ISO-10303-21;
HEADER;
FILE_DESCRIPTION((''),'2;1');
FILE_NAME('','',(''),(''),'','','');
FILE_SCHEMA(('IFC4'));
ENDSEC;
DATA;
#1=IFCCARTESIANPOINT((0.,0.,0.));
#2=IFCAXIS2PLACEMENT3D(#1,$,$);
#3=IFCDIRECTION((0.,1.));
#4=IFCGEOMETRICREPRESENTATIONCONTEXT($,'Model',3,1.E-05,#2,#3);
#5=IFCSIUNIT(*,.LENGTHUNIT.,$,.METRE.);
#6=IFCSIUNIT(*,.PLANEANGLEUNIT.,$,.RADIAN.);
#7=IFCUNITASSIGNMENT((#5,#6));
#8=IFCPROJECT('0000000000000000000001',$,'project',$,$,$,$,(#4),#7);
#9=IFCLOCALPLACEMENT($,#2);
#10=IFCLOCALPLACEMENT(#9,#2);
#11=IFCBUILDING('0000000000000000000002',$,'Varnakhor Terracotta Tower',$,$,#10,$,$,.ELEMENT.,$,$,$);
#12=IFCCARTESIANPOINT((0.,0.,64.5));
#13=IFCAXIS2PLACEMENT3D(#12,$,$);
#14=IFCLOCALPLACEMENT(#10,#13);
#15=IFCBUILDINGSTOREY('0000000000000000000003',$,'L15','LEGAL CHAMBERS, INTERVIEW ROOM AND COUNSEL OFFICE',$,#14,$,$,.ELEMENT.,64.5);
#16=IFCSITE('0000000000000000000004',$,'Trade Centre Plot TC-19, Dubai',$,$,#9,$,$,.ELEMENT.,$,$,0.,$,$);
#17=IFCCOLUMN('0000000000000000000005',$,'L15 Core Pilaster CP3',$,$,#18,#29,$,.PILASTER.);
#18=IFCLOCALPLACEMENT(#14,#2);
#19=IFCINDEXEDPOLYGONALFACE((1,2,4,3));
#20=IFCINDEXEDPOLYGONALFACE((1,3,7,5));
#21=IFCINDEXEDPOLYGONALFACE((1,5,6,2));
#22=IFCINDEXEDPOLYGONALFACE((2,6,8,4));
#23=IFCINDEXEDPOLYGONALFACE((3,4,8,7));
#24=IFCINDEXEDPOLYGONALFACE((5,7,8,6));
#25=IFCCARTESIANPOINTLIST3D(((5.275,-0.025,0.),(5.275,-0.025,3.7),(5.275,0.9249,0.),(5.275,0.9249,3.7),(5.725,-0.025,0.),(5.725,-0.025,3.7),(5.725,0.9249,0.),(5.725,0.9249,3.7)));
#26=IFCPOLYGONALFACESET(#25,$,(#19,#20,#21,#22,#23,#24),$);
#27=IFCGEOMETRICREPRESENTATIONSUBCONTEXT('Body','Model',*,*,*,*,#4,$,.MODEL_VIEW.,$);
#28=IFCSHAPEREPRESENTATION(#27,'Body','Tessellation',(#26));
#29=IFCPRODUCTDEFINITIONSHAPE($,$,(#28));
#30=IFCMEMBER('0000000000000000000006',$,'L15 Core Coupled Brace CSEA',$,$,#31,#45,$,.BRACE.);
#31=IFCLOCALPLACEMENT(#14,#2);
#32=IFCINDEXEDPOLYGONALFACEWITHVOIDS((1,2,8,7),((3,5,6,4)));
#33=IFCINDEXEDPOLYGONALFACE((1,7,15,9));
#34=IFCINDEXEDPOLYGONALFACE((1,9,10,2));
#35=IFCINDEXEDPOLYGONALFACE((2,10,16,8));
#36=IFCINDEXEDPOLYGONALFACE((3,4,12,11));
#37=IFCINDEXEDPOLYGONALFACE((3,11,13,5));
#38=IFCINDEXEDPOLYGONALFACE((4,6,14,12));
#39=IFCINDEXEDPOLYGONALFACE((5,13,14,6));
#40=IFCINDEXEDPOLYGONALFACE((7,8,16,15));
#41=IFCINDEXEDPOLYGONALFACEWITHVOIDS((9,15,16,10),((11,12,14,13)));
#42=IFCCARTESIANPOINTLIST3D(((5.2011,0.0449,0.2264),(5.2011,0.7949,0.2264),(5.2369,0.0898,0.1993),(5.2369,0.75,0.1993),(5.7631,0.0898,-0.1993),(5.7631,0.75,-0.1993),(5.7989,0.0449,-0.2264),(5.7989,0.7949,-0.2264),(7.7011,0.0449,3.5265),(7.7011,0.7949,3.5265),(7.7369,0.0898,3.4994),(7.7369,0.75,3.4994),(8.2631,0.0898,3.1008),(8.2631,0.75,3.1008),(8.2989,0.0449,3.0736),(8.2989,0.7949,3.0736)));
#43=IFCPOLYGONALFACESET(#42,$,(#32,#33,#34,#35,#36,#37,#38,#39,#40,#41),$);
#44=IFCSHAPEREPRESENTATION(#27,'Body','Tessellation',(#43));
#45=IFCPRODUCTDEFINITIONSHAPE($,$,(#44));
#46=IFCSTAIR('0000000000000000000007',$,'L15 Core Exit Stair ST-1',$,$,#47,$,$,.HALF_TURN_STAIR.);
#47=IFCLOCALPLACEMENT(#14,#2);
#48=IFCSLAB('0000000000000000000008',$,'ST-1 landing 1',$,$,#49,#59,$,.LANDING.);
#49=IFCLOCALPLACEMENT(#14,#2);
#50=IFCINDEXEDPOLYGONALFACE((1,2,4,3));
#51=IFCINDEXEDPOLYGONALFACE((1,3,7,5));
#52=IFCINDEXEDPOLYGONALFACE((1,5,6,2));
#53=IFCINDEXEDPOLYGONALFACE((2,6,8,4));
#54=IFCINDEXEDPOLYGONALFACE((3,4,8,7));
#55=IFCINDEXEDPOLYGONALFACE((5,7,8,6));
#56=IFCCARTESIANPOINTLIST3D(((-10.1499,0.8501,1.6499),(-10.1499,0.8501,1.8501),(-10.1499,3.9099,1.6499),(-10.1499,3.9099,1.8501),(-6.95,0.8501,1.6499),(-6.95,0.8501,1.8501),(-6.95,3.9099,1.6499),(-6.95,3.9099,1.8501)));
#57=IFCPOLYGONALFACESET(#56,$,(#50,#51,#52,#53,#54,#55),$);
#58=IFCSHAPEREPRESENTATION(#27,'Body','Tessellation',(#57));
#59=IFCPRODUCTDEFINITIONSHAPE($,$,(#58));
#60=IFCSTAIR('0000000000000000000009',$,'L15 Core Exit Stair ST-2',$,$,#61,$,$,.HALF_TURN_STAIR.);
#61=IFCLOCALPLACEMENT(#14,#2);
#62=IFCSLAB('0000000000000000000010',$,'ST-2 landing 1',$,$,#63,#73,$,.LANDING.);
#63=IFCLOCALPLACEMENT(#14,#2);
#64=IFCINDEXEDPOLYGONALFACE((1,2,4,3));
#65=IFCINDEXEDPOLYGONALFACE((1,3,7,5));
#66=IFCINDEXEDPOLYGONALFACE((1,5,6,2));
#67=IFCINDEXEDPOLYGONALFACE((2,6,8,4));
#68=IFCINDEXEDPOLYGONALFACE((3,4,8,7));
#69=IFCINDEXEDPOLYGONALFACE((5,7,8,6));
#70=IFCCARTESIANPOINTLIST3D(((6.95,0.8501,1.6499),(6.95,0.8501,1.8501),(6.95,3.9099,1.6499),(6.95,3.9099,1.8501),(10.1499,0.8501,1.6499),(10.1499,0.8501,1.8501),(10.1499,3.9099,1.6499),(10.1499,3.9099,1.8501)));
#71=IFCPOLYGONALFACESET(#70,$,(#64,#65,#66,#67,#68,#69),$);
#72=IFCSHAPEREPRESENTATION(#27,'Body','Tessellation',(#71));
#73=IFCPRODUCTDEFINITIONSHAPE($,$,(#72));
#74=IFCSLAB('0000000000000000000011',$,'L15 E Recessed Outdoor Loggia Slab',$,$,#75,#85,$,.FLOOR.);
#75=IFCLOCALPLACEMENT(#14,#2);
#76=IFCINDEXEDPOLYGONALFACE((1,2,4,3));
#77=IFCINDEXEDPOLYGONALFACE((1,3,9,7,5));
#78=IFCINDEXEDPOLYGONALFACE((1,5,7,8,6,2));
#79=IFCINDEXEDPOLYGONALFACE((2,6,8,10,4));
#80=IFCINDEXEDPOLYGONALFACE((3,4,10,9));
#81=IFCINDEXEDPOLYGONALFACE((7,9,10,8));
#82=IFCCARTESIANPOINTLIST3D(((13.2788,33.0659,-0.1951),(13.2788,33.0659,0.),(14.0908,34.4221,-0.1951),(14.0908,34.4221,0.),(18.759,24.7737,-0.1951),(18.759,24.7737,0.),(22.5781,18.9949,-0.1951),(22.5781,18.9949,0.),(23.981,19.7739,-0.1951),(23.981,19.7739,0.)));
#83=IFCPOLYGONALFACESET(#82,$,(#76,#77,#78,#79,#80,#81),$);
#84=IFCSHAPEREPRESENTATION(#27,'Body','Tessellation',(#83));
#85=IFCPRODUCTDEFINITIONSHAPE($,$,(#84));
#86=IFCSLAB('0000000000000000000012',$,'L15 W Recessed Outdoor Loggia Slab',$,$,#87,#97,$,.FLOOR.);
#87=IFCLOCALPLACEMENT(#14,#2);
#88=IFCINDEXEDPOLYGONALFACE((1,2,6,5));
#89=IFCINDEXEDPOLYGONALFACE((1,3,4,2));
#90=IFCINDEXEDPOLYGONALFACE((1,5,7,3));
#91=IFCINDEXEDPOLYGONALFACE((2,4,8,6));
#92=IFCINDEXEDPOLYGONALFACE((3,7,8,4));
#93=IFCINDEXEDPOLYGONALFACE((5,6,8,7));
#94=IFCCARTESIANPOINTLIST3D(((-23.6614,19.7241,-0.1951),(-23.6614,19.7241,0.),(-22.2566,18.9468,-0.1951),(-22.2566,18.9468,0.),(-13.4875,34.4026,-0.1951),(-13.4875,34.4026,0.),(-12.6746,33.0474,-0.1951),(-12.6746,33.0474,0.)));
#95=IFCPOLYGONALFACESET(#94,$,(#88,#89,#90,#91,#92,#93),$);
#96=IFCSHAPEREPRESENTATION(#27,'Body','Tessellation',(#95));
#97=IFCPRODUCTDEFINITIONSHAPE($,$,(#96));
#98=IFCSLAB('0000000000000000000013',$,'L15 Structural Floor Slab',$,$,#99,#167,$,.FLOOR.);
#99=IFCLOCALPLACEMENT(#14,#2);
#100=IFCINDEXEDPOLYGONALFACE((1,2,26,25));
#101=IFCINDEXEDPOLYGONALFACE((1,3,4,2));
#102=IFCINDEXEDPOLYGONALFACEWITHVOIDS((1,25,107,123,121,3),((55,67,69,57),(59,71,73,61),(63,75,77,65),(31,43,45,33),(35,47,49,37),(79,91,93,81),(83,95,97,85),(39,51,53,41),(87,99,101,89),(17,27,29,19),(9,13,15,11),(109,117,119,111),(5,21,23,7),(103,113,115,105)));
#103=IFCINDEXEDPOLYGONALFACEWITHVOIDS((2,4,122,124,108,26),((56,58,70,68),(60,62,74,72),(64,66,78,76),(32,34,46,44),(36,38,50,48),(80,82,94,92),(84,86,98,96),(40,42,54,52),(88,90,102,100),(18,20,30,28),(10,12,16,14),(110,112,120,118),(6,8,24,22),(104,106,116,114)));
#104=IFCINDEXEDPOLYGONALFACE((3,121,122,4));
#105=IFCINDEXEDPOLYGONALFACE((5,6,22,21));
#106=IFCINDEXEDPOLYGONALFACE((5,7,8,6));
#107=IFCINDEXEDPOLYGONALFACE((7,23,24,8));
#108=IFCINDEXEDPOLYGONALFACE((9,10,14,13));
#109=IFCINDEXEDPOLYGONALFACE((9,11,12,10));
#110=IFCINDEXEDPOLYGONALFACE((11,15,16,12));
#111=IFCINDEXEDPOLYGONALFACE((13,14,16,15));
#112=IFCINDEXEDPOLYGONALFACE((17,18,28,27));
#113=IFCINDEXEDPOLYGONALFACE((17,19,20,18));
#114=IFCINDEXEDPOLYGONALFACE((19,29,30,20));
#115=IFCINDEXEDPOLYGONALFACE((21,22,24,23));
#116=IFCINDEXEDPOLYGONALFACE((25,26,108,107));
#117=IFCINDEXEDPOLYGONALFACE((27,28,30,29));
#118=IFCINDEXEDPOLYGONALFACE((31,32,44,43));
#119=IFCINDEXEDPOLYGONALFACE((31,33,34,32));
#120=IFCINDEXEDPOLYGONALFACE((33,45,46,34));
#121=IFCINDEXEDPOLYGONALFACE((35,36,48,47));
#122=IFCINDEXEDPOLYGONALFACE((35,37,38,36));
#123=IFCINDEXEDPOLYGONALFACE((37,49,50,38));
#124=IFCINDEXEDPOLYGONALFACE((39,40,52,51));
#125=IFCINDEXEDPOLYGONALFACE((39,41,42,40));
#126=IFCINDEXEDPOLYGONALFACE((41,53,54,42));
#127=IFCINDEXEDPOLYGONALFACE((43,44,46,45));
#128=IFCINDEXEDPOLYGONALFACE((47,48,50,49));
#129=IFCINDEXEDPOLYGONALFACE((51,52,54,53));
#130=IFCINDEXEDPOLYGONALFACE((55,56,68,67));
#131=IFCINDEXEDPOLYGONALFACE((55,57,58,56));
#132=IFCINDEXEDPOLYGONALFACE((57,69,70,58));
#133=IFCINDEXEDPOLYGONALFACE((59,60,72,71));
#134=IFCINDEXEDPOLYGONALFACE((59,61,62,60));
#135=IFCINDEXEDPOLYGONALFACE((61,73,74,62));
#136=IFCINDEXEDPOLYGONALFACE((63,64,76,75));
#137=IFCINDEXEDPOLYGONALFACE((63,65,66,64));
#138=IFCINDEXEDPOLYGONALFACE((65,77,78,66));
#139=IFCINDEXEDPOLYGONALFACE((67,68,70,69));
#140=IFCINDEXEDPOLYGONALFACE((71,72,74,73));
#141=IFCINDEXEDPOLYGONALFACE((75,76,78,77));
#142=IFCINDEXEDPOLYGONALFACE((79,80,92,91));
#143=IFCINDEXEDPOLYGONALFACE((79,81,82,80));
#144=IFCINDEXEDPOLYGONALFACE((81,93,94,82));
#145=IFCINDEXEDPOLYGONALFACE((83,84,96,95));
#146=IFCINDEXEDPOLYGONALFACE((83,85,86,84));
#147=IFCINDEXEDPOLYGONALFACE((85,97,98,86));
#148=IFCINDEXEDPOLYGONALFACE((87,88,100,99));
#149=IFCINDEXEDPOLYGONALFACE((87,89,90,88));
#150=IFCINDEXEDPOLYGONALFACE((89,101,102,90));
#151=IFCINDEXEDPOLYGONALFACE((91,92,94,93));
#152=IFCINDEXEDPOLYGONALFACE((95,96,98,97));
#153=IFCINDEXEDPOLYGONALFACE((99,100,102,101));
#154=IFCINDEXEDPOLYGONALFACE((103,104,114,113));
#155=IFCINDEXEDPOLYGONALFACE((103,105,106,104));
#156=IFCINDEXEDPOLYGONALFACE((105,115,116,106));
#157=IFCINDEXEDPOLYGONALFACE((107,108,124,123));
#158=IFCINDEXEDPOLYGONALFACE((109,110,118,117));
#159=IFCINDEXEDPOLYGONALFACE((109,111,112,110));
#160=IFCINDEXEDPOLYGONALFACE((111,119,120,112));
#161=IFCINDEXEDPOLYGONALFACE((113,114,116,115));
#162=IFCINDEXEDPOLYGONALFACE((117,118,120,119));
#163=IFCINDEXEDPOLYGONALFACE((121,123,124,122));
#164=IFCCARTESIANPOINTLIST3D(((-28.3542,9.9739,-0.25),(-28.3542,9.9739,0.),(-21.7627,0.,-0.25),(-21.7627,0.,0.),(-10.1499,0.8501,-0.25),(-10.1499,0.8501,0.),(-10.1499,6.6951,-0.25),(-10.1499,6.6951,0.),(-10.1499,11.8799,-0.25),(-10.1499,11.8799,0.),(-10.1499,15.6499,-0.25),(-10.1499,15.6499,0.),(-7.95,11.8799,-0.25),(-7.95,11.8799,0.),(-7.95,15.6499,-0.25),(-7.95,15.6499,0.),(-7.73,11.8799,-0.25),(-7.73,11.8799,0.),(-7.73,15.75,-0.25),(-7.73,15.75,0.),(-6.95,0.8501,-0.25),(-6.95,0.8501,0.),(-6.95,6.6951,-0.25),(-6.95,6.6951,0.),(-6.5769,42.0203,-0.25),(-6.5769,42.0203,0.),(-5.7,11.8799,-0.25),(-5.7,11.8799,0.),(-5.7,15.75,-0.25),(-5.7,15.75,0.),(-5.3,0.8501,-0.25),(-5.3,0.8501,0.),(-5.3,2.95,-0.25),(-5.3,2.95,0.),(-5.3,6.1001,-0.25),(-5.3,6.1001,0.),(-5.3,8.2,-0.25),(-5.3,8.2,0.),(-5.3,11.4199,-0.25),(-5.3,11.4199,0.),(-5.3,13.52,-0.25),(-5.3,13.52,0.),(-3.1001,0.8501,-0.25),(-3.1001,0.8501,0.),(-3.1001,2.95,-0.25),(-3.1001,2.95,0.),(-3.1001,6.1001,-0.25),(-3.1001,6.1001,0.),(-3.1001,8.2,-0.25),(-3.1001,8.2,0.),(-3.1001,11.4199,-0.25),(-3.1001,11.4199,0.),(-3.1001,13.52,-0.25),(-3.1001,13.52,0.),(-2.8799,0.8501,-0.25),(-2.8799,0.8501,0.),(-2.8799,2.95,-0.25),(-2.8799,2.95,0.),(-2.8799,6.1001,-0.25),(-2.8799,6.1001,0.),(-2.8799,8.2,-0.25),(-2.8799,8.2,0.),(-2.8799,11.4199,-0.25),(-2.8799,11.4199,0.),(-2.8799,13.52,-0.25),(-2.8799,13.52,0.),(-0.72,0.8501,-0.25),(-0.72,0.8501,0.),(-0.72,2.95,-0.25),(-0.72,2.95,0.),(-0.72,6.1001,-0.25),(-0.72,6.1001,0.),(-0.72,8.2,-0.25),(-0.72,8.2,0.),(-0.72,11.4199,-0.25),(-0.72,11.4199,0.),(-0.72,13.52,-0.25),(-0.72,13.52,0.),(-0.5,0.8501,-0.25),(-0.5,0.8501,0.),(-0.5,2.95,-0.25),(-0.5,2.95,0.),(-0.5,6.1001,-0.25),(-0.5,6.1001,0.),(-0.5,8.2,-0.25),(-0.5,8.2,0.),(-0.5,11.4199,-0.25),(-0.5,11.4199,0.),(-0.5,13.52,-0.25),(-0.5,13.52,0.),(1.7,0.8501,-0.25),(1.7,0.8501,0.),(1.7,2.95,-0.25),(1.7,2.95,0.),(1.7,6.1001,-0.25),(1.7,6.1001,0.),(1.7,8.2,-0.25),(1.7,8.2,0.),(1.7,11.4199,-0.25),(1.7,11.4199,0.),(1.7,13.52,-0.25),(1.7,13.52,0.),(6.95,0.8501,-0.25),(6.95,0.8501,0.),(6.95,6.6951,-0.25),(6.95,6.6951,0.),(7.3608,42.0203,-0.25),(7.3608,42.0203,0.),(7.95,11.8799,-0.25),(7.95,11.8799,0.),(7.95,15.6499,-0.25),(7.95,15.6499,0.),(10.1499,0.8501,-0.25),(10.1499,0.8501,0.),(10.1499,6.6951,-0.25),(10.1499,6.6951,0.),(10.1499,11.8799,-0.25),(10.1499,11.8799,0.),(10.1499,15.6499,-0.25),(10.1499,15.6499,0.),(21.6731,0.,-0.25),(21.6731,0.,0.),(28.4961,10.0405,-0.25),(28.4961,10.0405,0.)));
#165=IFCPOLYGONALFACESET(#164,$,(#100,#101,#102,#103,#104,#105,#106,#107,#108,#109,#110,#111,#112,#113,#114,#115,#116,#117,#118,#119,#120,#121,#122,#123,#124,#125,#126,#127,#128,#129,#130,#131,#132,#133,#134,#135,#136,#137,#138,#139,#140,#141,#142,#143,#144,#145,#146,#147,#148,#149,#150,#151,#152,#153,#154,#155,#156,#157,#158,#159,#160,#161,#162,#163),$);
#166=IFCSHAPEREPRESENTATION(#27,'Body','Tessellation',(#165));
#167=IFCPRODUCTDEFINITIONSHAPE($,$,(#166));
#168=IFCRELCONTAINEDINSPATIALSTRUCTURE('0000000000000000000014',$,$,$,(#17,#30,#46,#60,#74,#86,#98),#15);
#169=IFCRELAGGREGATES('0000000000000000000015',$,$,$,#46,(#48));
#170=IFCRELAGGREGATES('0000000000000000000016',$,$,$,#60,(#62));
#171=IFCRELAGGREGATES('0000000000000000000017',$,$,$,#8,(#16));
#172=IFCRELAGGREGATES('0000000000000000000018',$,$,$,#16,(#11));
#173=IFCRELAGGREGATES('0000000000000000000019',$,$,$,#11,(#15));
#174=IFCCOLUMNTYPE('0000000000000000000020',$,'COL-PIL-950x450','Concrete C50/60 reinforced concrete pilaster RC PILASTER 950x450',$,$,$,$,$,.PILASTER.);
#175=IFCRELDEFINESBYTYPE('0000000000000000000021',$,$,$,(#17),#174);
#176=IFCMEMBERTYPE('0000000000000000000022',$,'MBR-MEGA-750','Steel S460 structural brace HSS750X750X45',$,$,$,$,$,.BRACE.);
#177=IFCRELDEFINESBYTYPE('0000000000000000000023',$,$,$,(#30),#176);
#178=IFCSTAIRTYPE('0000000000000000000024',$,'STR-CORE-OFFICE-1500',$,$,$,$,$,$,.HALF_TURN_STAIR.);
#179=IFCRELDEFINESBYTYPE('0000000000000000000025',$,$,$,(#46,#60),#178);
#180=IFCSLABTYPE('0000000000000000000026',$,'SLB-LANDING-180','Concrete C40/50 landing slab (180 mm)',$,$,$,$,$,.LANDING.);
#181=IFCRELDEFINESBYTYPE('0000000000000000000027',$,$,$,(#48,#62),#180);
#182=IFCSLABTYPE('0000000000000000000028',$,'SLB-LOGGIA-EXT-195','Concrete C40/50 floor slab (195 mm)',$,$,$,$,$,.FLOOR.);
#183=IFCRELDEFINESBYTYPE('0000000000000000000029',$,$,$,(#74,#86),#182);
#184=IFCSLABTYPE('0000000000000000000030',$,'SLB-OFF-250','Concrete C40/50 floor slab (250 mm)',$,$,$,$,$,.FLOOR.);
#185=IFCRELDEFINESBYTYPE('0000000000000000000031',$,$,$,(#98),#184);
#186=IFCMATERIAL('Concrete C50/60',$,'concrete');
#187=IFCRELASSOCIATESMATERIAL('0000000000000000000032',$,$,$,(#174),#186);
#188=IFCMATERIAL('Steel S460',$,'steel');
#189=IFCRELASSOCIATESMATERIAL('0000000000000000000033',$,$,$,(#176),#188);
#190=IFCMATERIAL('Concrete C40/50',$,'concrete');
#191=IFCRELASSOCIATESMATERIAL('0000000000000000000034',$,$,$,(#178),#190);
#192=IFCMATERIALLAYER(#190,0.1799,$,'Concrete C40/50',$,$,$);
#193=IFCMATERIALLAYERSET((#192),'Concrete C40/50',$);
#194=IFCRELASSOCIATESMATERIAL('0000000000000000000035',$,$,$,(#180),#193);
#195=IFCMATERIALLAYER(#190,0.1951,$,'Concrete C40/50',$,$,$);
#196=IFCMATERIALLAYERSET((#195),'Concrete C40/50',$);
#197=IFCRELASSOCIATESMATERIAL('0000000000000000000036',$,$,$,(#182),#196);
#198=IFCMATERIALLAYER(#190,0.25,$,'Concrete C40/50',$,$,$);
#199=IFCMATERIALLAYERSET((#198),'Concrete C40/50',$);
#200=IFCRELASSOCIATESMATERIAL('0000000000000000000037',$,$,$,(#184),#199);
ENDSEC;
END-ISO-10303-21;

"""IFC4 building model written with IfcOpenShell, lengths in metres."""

from ifc_helpers import new_model, si_unit, direction, frame, origin, origin_2d, place, context, subcontext, project, spatial, polyline, rectangle, hollow_rectangle, outline, extrude, source, transform, mapped, material, layer, layer_set, material_profile, profile_set, type_object, type_shapes, element, aggregate, save


model = new_model("IFC4")

# Units and contexts
model_context = context("Model", 3, precision=1e-05, world=origin(), true_north=direction((0.0, 1.0)))
body_context = subcontext(model_context, "Body", "Model", "MODEL_VIEW")
ifc_project = project(units=[si_unit("LENGTHUNIT", "METRE"), si_unit("PLANEANGLEUNIT", "RADIAN")], contexts=[model_context])

# Site, building, storey
site_placement = place(None, origin())
site = spatial("IfcSite", under=ifc_project, at=site_placement, Name="Trade Centre Plot TC-19, Dubai", CompositionType="ELEMENT", RefElevation=0.0)
building_placement = place(site_placement, origin())
building = spatial("IfcBuilding", under=site, at=building_placement, Name="Varnakhor Terracotta Tower", CompositionType="ELEMENT")
storey_placement = place(building_placement, frame((0.0, 0.0, 64.5)))
storey = spatial("IfcBuildingStorey", under=building, at=storey_placement, Name="L15", Description="LEGAL CHAMBERS, INTERVIEW ROOM AND COUNSEL OFFICE", CompositionType="ELEMENT", Elevation=64.5)

# Column
ifc_material_1 = material(Name="Concrete C50/60", Category="concrete")
ifc_material_profile_1 = material_profile(ifc_material_1, rectangle(XDim=0.45, YDim=0.95, at=origin_2d()), Name="RC PILASTER 950x450")
ifc_profile_set_1 = profile_set([ifc_material_profile_1], Name="Concrete C50/60")
column_type = type_object("IfcColumnType", Name="COL-PIL-950x450", Description="Concrete C50/60 reinforced concrete pilaster RC PILASTER 950x450", PredefinedType="PILASTER", material=ifc_profile_set_1)
shared_shape_1 = source(origin(), body_context, "Body", "SweptSolid", [
    extrude(rectangle(XDim=0.45, YDim=0.95, at=origin_2d()), origin(), (0.0, 0.0, 1.0), 3.7),
])
column_placement = place(storey_placement, frame((5.5, 0.45, 0.0), z_axis=(0.0, 0.0, 1.0), x_axis=(1.0, 0.0, 0.0)))
element("IfcColumn", 1, at=column_placement, inside=storey, type_object=column_type, Name="L15 Core Pilaster CP3", PredefinedType="PILASTER", context=body_context, shape_type="MappedRepresentation", body=[
    mapped(shared_shape_1, transform((0.0, 0.0, 0.0), scale=1.0)),
])

# Member
ifc_material_2 = material(Name="Steel S460", Category="steel")
ifc_material_profile_2 = material_profile(ifc_material_2, hollow_rectangle(XDim=0.75, YDim=0.75, WallThickness=0.0449, at=origin_2d()), Name="HSS750X750X45")
ifc_profile_set_2 = profile_set([ifc_material_profile_2], Name="Steel S460")
member_type = type_object("IfcMemberType", Name="MBR-MEGA-750", Description="Steel S460 structural brace HSS750X750X45", PredefinedType="BRACE", material=ifc_profile_set_2)
shared_shape_2 = source(origin(), body_context, "Body", "SweptSolid", [
    extrude(hollow_rectangle(XDim=0.75, YDim=0.75, WallThickness=0.0449, at=origin_2d()), origin(), (0.0, 0.0, 1.0), 4.1401),
])
type_shapes(member_type, [shared_shape_2])
member_placement = place(storey_placement, frame((5.5, 0.4199, 0.0), z_axis=(0.603852, 0.0, 0.797096), x_axis=(0.0, 1.0, 0.0)))
element("IfcMember", 2, at=member_placement, inside=storey, type_object=member_type, Name="L15 Core Coupled Brace CSEA", PredefinedType="BRACE", context=body_context, shape_type="MappedRepresentation", body=[
    mapped(shared_shape_2, transform((0.0, 0.0, 0.0), scale=1.0)),
])

# Stairs, slabs
ifc_material_3 = material(Name="Concrete C40/50", Category="concrete")
stair_type = type_object("IfcStairType", Name="STR-CORE-OFFICE-1500", PredefinedType="HALF_TURN_STAIR", material=ifc_material_3)
stair_1_placement = place(storey_placement, origin())
stair_1 = element("IfcStair", 3, at=stair_1_placement, inside=storey, type_object=stair_type, Name="L15 Core Exit Stair ST-1", PredefinedType="HALF_TURN_STAIR")
ifc_layer_1 = layer(ifc_material_3, 0.1799, Name="Concrete C40/50")
ifc_layer_set_1 = layer_set([ifc_layer_1], Name="Concrete C40/50")
slab_type_1 = type_object("IfcSlabType", Name="SLB-LANDING-180", Description="Concrete C40/50 landing slab (180 mm)", PredefinedType="LANDING", material=ifc_layer_set_1)
slab_1_placement = place(storey_placement, frame((0.0, 0.0, 1.6499)))
slab_1 = element("IfcSlab", 4, at=slab_1_placement, type_object=slab_type_1, Name="ST-1 landing 1", PredefinedType="LANDING", context=body_context, shape_type="SweptSolid", body=[
    extrude(outline(polyline([(-10.1499, 3.9099), (-10.1499, 0.8501), (-6.95, 0.8501), (-6.95, 3.9099), (-10.1499, 3.9099)])), origin(), (0.0, 0.0, 1.0), 0.2002),
])
aggregate(stair_1, [slab_1])
stair_2_placement = place(storey_placement, origin())
stair_2 = element("IfcStair", 5, at=stair_2_placement, inside=storey, type_object=stair_type, Name="L15 Core Exit Stair ST-2", PredefinedType="HALF_TURN_STAIR")
slab_2_placement = place(storey_placement, frame((0.0, 0.0, 1.6499)))
slab_2 = element("IfcSlab", 6, at=slab_2_placement, type_object=slab_type_1, Name="ST-2 landing 1", PredefinedType="LANDING", context=body_context, shape_type="SweptSolid", body=[
    extrude(outline(polyline([(6.95, 3.9099), (6.95, 0.8501), (10.1499, 0.8501), (10.1499, 3.9099), (6.95, 3.9099)])), origin(), (0.0, 0.0, 1.0), 0.2002),
])
aggregate(stair_2, [slab_2])

# Slabs
ifc_layer_2 = layer(ifc_material_3, 0.1951, Name="Concrete C40/50")
ifc_layer_set_2 = layer_set([ifc_layer_2], Name="Concrete C40/50")
slab_type_2 = type_object("IfcSlabType", Name="SLB-LOGGIA-EXT-195", Description="Concrete C40/50 floor slab (195 mm)", PredefinedType="FLOOR", material=ifc_layer_set_2)
slab_3_placement = place(storey_placement, frame((0.0, 0.0, -0.1951)))
element("IfcSlab", 7, at=slab_3_placement, inside=storey, type_object=slab_type_2, Name="L15 E Recessed Outdoor Loggia Slab", PredefinedType="FLOOR", context=body_context, shape_type="SweptSolid", body=[
    extrude(outline(polyline([(14.0908, 34.4221), (23.981, 19.7739), (22.5781, 18.9949), (18.759, 24.7737), (13.2788, 33.0659), (14.0908, 34.4221)])), origin(), (0.0, 0.0, 1.0), 0.1951),
])
slab_4_placement = place(storey_placement, frame((0.0, 0.0, -0.1951)))
element("IfcSlab", 8, at=slab_4_placement, inside=storey, type_object=slab_type_2, Name="L15 W Recessed Outdoor Loggia Slab", PredefinedType="FLOOR", context=body_context, shape_type="SweptSolid", body=[
    extrude(outline(polyline([(-23.6614, 19.7241), (-13.4875, 34.4026), (-12.6746, 33.0474), (-22.2566, 18.9468), (-23.6614, 19.7241)])), origin(), (0.0, 0.0, 1.0), 0.1951),
])
ifc_layer_3 = layer(ifc_material_3, 0.25, Name="Concrete C40/50")
ifc_layer_set_3 = layer_set([ifc_layer_3], Name="Concrete C40/50")
slab_type_3 = type_object("IfcSlabType", Name="SLB-OFF-250", Description="Concrete C40/50 floor slab (250 mm)", PredefinedType="FLOOR", material=ifc_layer_set_3)
slab_5_placement = place(storey_placement, frame((0.0, 0.0, -0.25)))
element("IfcSlab", 9, at=slab_5_placement, inside=storey, type_object=slab_type_3, Name="L15 Structural Floor Slab", PredefinedType="FLOOR", context=body_context, shape_type="SweptSolid", body=[
    extrude(outline(polyline([(-28.3542, 9.9739), (-6.5769, 42.0203), (7.3608, 42.0203), (28.4961, 10.0405), (21.6731, 0.0), (-21.7627, 0.0), (-28.3542, 9.9739)]), holes=[polyline([(-3.1001, 0.8501), (-3.1001, 2.95), (-5.3, 2.95), (-5.3, 0.8501), (-3.1001, 0.8501)]), polyline([(-2.8799, 0.8501), (-0.72, 0.8501), (-0.72, 2.95), (-2.8799, 2.95), (-2.8799, 0.8501)]), polyline([(-10.1499, 0.8501), (-6.95, 0.8501), (-6.95, 6.6951), (-10.1499, 6.6951), (-10.1499, 0.8501)]), polyline([(-5.3, 6.1001), (-3.1001, 6.1001), (-3.1001, 8.2), (-5.3, 8.2), (-5.3, 6.1001)]), polyline([(-5.3, 11.4199), (-3.1001, 11.4199), (-3.1001, 13.52), (-5.3, 13.52), (-5.3, 11.4199)]), polyline([(-10.1499, 11.8799), (-7.95, 11.8799), (-7.95, 15.6499), (-10.1499, 15.6499), (-10.1499, 11.8799)]), polyline([(-7.73, 11.8799), (-5.7, 11.8799), (-5.7, 15.75), (-7.73, 15.75), (-7.73, 11.8799)]), polyline([(1.7, 0.8501), (1.7, 2.95), (-0.5, 2.95), (-0.5, 0.8501), (1.7, 0.8501)]), polyline([(6.95, 0.8501), (10.1499, 0.8501), (10.1499, 6.6951), (6.95, 6.6951), (6.95, 0.8501)]), polyline([(-2.8799, 6.1001), (-0.72, 6.1001), (-0.72, 8.2), (-2.8799, 8.2), (-2.8799, 6.1001)]), polyline([(-0.5, 6.1001), (1.7, 6.1001), (1.7, 8.2), (-0.5, 8.2), (-0.5, 6.1001)]), polyline([(-2.8799, 11.4199), (-0.72, 11.4199), (-0.72, 13.52), (-2.8799, 13.52), (-2.8799, 11.4199)]), polyline([(-0.5, 11.4199), (1.7, 11.4199), (1.7, 13.52), (-0.5, 13.52), (-0.5, 11.4199)]), polyline([(7.95, 11.8799), (10.1499, 11.8799), (10.1499, 15.6499), (7.95, 15.6499), (7.95, 11.8799)])]), origin(), (0.0, 0.0, 1.0), 0.25),
])

save(model, "model.ifc")
